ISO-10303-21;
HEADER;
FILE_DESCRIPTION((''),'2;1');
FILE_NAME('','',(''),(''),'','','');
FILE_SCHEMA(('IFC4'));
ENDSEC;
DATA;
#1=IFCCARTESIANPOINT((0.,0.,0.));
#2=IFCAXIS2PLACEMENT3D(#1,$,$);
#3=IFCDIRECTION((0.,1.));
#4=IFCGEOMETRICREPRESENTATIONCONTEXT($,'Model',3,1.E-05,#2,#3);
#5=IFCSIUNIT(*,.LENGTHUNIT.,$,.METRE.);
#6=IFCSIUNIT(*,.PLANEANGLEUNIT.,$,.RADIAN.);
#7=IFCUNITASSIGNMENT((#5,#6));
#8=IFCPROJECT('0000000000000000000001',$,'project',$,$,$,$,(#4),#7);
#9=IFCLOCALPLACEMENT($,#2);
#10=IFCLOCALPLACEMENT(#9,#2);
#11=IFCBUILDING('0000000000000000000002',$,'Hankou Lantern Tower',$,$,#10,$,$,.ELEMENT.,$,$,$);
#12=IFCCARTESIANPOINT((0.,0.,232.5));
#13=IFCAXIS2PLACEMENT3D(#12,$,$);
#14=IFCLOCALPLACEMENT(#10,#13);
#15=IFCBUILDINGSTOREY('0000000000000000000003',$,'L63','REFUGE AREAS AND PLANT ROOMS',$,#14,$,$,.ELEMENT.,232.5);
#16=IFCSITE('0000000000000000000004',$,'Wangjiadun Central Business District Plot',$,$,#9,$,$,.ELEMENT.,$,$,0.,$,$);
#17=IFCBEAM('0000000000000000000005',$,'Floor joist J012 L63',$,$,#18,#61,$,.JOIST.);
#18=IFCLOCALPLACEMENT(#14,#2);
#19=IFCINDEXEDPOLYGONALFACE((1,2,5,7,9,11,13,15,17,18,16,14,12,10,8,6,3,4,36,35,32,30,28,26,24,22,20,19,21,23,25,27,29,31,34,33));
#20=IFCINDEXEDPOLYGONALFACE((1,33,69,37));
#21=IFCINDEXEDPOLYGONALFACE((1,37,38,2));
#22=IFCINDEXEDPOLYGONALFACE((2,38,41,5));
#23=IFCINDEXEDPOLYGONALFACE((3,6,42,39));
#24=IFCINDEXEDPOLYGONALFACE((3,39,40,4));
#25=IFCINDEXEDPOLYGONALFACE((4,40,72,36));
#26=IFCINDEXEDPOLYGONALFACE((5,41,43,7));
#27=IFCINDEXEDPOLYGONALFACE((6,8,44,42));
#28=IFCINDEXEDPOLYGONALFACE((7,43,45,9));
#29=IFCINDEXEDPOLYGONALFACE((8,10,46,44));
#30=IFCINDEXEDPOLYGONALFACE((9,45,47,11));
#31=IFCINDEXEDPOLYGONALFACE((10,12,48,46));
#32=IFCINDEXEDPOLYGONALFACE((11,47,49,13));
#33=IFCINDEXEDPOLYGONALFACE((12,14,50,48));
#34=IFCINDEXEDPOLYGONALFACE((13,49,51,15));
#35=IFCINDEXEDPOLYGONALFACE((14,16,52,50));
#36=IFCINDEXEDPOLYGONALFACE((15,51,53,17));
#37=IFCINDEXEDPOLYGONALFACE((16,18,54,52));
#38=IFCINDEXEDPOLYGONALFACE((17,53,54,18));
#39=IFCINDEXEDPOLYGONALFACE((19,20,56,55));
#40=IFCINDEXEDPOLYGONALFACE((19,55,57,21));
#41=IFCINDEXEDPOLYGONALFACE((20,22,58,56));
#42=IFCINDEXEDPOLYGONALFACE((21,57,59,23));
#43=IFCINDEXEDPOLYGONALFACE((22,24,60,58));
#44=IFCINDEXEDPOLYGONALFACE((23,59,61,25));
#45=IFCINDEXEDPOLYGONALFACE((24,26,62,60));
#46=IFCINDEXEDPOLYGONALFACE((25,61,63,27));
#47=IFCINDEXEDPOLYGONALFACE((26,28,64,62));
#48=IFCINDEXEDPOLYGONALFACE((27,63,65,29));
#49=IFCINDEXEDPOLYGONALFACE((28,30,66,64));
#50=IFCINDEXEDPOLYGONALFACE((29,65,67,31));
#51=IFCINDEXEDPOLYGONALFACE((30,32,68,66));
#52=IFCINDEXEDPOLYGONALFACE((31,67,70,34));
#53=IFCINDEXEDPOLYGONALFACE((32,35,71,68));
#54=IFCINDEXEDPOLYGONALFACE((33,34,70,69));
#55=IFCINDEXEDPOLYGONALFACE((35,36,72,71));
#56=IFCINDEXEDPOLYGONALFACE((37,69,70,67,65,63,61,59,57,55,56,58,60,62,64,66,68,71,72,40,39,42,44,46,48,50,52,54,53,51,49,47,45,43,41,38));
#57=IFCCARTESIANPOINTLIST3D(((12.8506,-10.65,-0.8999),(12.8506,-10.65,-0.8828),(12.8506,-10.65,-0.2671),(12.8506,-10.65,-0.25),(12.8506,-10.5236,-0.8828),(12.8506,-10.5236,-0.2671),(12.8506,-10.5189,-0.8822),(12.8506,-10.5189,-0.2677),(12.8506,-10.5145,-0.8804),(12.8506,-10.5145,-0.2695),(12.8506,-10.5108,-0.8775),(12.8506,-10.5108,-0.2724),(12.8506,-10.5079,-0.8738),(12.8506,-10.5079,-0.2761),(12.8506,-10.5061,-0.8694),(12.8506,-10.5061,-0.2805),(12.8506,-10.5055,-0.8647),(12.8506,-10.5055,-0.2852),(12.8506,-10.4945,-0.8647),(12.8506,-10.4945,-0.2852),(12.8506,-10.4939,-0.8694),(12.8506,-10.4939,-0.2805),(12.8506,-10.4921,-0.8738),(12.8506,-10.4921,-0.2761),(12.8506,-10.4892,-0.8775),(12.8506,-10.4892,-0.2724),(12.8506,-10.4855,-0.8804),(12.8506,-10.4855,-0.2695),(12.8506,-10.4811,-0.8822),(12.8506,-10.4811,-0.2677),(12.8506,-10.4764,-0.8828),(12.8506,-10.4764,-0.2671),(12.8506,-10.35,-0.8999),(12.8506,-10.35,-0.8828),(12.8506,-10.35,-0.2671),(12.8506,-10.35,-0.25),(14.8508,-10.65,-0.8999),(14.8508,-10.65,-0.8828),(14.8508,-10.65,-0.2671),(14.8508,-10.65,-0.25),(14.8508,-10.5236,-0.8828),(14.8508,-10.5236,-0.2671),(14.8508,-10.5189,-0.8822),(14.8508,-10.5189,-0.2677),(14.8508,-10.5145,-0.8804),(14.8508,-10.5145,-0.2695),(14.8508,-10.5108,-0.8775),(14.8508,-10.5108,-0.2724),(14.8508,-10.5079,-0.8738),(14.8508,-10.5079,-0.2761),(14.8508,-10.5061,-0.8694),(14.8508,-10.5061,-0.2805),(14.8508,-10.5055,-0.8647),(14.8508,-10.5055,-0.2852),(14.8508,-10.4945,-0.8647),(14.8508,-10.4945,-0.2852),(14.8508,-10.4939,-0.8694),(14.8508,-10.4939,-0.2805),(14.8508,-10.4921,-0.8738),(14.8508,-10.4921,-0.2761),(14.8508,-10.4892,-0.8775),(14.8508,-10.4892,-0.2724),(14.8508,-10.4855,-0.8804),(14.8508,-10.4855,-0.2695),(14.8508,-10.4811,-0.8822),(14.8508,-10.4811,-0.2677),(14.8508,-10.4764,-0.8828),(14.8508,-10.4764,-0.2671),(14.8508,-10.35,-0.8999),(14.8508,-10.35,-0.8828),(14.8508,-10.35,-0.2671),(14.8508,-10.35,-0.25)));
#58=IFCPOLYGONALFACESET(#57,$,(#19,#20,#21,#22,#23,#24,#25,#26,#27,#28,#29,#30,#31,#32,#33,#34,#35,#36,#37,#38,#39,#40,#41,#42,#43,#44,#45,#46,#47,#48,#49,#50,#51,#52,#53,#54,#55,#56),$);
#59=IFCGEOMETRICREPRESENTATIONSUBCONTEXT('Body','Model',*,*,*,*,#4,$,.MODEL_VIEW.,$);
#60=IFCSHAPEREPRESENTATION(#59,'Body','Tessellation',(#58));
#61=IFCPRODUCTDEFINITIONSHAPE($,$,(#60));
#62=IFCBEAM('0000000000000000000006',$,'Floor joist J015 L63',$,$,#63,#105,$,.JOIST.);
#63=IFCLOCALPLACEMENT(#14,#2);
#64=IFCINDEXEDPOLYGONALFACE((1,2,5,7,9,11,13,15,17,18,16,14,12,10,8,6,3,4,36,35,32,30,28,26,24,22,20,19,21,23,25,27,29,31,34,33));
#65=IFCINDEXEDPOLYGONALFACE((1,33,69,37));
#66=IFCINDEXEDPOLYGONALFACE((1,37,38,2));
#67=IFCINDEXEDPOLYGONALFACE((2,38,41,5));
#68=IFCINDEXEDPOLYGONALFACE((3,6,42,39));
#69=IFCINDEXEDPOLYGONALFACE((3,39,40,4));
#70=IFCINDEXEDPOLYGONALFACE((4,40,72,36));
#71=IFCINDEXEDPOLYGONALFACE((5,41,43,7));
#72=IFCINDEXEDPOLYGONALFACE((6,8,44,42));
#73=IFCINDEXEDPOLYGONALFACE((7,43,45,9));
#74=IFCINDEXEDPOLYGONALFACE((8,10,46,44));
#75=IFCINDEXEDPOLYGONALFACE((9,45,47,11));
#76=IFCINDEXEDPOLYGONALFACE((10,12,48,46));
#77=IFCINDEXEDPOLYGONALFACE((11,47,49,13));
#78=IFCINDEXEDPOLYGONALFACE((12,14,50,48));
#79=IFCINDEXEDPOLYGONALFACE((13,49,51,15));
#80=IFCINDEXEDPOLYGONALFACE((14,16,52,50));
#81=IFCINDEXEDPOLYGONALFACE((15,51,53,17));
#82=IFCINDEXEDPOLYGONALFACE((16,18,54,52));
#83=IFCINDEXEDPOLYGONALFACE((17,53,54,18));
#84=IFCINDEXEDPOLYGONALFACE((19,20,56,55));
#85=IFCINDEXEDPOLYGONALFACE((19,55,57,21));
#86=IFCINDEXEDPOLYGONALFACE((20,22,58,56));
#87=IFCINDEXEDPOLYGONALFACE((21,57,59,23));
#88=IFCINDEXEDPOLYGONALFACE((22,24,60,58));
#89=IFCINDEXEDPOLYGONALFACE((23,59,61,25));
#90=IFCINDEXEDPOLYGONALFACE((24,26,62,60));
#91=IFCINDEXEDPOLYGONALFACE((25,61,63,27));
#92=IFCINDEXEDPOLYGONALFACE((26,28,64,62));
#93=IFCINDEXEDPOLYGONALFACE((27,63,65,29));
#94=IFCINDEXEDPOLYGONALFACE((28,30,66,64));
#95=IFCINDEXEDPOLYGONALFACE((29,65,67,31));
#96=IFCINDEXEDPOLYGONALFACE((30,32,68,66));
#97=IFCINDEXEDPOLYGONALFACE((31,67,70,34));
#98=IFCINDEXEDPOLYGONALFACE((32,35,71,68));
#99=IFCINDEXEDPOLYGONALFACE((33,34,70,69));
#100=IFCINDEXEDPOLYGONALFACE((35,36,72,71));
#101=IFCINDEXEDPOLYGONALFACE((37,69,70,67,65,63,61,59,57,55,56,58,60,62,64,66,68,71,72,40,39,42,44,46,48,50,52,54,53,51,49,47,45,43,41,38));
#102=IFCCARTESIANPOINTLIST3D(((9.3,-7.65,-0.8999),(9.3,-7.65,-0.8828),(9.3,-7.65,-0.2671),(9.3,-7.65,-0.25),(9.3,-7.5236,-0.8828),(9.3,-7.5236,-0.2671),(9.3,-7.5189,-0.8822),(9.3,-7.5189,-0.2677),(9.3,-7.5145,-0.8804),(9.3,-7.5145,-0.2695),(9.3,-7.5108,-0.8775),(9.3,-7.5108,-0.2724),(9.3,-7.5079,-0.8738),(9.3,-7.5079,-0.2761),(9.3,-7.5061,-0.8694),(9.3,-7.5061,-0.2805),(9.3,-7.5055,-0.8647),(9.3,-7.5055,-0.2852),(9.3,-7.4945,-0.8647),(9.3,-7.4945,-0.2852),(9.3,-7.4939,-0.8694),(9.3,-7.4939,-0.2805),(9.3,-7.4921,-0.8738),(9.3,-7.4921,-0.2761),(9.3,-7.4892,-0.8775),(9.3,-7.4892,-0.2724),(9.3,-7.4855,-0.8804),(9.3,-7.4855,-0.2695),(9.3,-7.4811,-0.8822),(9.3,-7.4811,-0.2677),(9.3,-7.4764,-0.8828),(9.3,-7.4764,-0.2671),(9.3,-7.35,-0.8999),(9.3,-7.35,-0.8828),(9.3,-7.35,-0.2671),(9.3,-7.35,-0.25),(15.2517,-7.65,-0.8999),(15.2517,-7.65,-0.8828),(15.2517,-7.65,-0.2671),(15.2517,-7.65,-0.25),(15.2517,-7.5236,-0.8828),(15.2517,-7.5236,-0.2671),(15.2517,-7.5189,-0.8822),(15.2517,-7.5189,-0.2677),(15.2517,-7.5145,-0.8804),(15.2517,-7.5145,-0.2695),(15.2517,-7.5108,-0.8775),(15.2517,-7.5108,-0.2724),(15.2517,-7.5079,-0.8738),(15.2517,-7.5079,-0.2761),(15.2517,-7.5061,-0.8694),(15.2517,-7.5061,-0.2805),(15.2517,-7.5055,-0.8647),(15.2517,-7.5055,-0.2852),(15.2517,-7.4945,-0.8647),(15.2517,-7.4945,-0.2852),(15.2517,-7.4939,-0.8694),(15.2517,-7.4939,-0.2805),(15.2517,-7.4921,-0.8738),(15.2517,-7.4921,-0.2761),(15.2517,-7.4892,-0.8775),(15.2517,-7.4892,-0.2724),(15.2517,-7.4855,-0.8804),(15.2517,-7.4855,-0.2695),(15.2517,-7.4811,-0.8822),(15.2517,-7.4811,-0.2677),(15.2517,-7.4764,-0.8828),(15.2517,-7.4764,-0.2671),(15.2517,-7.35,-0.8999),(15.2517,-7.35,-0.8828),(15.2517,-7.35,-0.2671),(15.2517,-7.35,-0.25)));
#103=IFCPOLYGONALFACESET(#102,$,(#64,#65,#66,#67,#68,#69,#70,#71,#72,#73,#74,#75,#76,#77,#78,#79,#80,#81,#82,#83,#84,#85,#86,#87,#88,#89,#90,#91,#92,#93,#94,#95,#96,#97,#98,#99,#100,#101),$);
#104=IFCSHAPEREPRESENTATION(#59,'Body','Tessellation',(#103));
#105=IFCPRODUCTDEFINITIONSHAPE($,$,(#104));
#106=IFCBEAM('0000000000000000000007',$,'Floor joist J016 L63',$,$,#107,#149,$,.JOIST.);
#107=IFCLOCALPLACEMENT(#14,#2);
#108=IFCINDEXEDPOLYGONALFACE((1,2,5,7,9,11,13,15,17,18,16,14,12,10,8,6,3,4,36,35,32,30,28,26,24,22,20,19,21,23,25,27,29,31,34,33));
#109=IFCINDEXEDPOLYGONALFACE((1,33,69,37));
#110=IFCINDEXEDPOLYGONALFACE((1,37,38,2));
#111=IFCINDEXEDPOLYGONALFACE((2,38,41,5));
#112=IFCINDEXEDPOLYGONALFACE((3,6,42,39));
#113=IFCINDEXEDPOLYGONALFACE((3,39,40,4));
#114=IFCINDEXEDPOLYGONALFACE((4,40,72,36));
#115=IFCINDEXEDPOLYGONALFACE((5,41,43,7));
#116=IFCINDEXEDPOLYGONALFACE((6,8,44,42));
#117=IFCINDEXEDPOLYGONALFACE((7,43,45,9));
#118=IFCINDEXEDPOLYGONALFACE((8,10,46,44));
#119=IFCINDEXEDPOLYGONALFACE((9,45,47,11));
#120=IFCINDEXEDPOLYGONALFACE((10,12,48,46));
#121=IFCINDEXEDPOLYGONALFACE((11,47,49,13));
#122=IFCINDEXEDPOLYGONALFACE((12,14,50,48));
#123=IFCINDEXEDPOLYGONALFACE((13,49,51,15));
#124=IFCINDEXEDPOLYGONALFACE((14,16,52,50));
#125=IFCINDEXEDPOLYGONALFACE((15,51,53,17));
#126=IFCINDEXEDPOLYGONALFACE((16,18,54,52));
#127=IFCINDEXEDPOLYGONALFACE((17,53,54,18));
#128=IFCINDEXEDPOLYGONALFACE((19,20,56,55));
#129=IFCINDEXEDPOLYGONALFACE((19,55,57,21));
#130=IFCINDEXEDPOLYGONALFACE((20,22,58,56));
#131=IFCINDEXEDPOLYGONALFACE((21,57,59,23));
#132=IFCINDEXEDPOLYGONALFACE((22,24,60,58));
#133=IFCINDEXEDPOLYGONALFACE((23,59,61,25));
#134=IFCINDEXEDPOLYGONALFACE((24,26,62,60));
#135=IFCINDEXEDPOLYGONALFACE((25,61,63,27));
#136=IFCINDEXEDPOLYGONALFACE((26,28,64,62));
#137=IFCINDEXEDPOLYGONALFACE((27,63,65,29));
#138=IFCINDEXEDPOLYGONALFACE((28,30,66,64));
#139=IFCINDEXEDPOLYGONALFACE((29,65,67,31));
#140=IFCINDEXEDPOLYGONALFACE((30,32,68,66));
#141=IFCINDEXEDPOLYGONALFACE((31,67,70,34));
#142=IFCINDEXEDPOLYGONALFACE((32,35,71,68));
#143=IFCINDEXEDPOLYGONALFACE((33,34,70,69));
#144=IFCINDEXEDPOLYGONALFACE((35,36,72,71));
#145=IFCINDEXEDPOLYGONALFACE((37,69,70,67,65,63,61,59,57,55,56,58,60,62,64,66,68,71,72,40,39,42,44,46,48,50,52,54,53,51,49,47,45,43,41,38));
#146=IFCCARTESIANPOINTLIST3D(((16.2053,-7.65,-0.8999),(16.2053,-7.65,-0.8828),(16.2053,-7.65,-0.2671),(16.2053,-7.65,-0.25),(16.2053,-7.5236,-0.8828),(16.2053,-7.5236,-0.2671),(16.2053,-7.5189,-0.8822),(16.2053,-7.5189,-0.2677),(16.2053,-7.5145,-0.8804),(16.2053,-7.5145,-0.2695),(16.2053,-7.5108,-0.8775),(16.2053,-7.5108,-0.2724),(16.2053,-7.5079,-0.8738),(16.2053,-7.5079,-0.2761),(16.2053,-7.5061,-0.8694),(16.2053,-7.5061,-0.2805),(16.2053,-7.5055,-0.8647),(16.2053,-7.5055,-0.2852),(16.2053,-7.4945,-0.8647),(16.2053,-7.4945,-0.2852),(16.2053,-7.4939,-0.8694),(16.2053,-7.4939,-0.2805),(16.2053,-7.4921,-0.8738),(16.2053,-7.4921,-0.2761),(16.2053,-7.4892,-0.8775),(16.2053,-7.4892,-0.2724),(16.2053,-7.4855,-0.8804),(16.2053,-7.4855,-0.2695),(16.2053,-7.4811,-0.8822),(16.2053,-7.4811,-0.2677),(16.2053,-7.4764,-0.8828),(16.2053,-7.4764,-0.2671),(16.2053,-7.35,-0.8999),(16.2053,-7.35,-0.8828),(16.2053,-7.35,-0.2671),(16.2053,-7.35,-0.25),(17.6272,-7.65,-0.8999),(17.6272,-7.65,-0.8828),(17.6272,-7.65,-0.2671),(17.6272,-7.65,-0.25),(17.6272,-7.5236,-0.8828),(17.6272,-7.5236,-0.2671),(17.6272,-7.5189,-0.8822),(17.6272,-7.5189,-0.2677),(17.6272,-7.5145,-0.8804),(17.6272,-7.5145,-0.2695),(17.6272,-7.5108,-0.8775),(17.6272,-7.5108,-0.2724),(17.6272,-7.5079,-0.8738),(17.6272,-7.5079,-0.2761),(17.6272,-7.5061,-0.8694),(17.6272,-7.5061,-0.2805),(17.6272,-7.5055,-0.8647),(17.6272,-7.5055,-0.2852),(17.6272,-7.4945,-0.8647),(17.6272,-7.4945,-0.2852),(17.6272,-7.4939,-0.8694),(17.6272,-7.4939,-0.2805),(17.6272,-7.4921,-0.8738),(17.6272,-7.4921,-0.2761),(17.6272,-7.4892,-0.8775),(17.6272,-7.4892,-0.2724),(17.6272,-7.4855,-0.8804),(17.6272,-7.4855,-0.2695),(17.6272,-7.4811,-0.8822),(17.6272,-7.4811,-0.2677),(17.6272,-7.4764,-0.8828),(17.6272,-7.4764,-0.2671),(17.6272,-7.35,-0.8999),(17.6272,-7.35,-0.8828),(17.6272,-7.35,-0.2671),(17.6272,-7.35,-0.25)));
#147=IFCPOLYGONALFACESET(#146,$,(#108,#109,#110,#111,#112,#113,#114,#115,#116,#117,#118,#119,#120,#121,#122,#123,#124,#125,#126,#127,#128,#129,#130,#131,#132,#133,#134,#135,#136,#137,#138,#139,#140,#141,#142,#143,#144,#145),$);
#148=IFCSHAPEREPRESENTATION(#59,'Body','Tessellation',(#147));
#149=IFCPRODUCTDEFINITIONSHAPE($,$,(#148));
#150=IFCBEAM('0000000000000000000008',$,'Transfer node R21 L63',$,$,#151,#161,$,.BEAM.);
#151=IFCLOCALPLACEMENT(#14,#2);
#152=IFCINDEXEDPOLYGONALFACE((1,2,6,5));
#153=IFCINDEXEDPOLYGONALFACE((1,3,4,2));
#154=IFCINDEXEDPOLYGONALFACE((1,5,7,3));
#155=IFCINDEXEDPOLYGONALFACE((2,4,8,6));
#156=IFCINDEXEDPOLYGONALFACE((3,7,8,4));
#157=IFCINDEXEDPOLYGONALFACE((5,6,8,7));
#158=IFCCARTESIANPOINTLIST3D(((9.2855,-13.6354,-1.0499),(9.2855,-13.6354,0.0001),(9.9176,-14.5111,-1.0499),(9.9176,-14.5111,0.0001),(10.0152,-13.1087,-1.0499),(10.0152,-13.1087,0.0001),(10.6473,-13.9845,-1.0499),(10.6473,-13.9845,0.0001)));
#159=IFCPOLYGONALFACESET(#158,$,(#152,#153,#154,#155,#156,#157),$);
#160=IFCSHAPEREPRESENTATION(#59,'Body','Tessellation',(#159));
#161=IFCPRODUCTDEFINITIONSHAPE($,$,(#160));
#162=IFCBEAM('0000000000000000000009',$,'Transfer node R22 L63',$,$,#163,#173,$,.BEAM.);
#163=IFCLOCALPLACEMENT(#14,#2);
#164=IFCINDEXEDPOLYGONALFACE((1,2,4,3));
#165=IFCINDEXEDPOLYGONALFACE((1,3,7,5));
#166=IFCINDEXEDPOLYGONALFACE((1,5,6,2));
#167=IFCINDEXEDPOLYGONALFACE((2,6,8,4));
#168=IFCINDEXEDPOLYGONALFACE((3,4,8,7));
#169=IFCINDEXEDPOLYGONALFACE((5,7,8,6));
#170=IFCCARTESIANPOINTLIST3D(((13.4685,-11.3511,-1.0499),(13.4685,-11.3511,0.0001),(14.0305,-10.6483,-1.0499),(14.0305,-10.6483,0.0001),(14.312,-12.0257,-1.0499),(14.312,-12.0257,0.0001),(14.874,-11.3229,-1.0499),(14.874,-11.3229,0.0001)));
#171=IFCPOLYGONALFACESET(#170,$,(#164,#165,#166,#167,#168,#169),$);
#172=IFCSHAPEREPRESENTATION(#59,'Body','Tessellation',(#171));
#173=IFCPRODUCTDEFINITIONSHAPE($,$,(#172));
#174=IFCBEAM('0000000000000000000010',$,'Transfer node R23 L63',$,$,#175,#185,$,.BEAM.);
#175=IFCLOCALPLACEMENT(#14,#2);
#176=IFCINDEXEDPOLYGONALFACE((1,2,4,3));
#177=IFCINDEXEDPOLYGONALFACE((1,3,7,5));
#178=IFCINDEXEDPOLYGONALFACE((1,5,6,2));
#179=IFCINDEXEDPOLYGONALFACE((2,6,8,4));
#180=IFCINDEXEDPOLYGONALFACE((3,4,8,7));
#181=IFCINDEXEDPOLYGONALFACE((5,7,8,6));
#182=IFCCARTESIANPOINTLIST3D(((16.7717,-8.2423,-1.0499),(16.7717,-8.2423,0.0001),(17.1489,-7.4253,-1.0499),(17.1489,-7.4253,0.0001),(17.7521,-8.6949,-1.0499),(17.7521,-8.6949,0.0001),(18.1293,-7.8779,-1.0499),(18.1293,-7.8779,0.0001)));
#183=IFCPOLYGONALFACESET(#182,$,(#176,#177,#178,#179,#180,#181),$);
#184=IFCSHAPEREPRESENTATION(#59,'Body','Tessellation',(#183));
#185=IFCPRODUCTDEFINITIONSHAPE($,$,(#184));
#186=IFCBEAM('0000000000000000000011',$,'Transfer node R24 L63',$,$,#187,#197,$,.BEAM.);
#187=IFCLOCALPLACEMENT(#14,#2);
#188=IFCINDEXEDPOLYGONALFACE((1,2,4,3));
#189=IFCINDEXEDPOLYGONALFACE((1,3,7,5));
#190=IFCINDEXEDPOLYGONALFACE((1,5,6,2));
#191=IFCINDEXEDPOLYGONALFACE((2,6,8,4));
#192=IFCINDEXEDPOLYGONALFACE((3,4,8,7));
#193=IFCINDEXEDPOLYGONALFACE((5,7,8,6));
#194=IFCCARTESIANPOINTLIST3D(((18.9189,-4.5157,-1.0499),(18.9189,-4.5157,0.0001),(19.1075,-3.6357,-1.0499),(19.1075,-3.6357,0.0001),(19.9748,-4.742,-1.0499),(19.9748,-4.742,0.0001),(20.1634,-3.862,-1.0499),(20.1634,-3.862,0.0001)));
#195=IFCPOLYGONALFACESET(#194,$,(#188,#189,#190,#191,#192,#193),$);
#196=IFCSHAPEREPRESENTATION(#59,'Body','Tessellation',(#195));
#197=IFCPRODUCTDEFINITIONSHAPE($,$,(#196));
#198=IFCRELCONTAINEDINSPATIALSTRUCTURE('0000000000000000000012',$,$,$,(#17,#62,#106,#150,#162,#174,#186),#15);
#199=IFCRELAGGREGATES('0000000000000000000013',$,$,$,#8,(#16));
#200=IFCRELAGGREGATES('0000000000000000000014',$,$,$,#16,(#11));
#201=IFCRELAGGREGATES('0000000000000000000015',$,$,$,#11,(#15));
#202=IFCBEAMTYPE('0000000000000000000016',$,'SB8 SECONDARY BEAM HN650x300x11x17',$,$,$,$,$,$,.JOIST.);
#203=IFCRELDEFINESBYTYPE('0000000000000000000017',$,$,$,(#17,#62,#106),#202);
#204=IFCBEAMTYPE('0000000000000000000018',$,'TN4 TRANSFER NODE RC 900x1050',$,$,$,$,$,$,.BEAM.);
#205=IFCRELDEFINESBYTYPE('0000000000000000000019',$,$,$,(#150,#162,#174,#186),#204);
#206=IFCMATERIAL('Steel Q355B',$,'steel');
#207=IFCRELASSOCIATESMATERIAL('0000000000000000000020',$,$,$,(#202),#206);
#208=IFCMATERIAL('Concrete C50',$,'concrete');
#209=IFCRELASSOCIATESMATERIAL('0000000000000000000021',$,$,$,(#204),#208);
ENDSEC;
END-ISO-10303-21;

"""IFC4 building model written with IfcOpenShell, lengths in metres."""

from ifc_helpers import new_model, si_unit, direction, frame, origin, origin_2d, place, context, subcontext, project, spatial, rectangle, i_section, extrude, material, material_profile, profile_set, type_object, element, save


model = new_model("IFC4")

# Units and contexts
model_context = context("Model", 3, precision=1e-05, world=origin(), true_north=direction((0.0, 1.0)))
body_context = subcontext(model_context, "Body", "Model", "MODEL_VIEW")
ifc_project = project(units=[si_unit("LENGTHUNIT", "METRE"), si_unit("PLANEANGLEUNIT", "RADIAN")], contexts=[model_context])

# Site, building, storey
site_placement = place(None, origin())
site = spatial("IfcSite", under=ifc_project, at=site_placement, Name="Wangjiadun Central Business District Plot", CompositionType="ELEMENT", RefElevation=0.0)
building_placement = place(site_placement, origin())
building = spatial("IfcBuilding", under=site, at=building_placement, Name="Hankou Lantern Tower", CompositionType="ELEMENT")
storey_placement = place(building_placement, frame((0.0, 0.0, 232.5)))
storey = spatial("IfcBuildingStorey", under=building, at=storey_placement, Name="L63", Description="REFUGE AREAS AND PLANT ROOMS", CompositionType="ELEMENT", Elevation=232.5)

# Beams
ifc_material_1 = material(Name="Steel Q355B", Category="steel")
ifc_material_profile_1 = material_profile(ifc_material_1, i_section(OverallWidth=0.3, OverallDepth=0.6499, WebThickness=0.011, FlangeThickness=0.0171, FilletRadius=0.0181, at=origin_2d()), Name="HN650x300x11x17")
ifc_profile_set_1 = profile_set([ifc_material_profile_1], Name="Steel Q355B")
beam_type_1 = type_object("IfcBeamType", Name="SB8 SECONDARY BEAM HN650x300x11x17", PredefinedType="JOIST", material=ifc_profile_set_1)
beam_1_placement = place(storey_placement, frame((12.8506, -10.5, -0.575), z_axis=(1.0, 0.0, 0.0), x_axis=(0.0, 1.0, 0.0)))
element("IfcBeam", 1, at=beam_1_placement, inside=storey, type_object=beam_type_1, Name="Floor joist J012 L63", PredefinedType="JOIST", context=body_context, shape_type="SweptSolid", body=[
    extrude(i_section(OverallWidth=0.3, OverallDepth=0.6499, WebThickness=0.011, FlangeThickness=0.0171, FilletRadius=0.0181, at=origin_2d()), origin(), (0.0, 0.0, 1.0), 2.0002),
])
beam_2_placement = place(storey_placement, frame((9.3, -7.5, -0.575), z_axis=(1.0, 0.0, 0.0), x_axis=(0.0, 1.0, 0.0)))
element("IfcBeam", 2, at=beam_2_placement, inside=storey, type_object=beam_type_1, Name="Floor joist J015 L63", PredefinedType="JOIST", context=body_context, shape_type="SweptSolid", body=[
    extrude(i_section(OverallWidth=0.3, OverallDepth=0.6499, WebThickness=0.011, FlangeThickness=0.0171, FilletRadius=0.0181, at=origin_2d()), origin(), (0.0, 0.0, 1.0), 5.9517),
])
beam_3_placement = place(storey_placement, frame((16.2053, -7.5, -0.575), z_axis=(1.0, 0.0, 0.0), x_axis=(0.0, 1.0, 0.0)))
element("IfcBeam", 3, at=beam_3_placement, inside=storey, type_object=beam_type_1, Name="Floor joist J016 L63", PredefinedType="JOIST", context=body_context, shape_type="SweptSolid", body=[
    extrude(i_section(OverallWidth=0.3, OverallDepth=0.6499, WebThickness=0.011, FlangeThickness=0.0171, FilletRadius=0.0181, at=origin_2d()), origin(), (0.0, 0.0, 1.0), 1.4219),
])
ifc_material_2 = material(Name="Concrete C50", Category="concrete")
ifc_material_profile_2 = material_profile(ifc_material_2, rectangle(XDim=0.8999, YDim=1.05, at=origin_2d()), Name="RC 900x1050")
ifc_profile_set_2 = profile_set([ifc_material_profile_2], Name="Concrete C50")
beam_type_2 = type_object("IfcBeamType", Name="TN4 TRANSFER NODE RC 900x1050", PredefinedType="BEAM", material=ifc_profile_set_2)
for number, where, z_axis, x_axis, name in (
    (4, (10.2825, -14.2478, -0.5249), (-0.585251, 0.810852, 0.0), (-0.810852, -0.585251, 0.0), "Transfer node R21 L63"),
    (5, (14.593, -11.6743, -0.5249), (-0.780979, 0.624557, 0.0), (-0.624557, -0.780979, 0.0), "Transfer node R22 L63"),
):
    element("IfcBeam", number, at=place(storey_placement, frame(where, z_axis=z_axis, x_axis=x_axis)), inside=storey, type_object=beam_type_2, Name=name, PredefinedType="BEAM", context=body_context, shape_type="SweptSolid", body=[
        extrude(rectangle(XDim=0.8999, YDim=1.05, at=origin_2d()), origin(), (0.0, 0.0, 1.0), 1.0801),
    ])
for number, where, z_axis, x_axis, name in (
    (6, (17.9407, -8.2864, -0.5249), (-0.90792, 0.419144, 0.0), (-0.419144, -0.90792, 0.0), "Transfer node R23 L63"),
    (7, (20.0691, -4.302, -0.5249), (-0.977792, 0.209575, 0.0), (-0.209575, -0.977792, 0.0), "Transfer node R24 L63"),
):
    element("IfcBeam", number, at=place(storey_placement, frame(where, z_axis=z_axis, x_axis=x_axis)), inside=storey, type_object=beam_type_2, Name=name, PredefinedType="BEAM", context=body_context, shape_type="SweptSolid", body=[
        extrude(rectangle(XDim=0.8999, YDim=1.05, at=origin_2d()), origin(), (0.0, 0.0, 1.0), 1.0798),
    ])

save(model, "model.ifc")
